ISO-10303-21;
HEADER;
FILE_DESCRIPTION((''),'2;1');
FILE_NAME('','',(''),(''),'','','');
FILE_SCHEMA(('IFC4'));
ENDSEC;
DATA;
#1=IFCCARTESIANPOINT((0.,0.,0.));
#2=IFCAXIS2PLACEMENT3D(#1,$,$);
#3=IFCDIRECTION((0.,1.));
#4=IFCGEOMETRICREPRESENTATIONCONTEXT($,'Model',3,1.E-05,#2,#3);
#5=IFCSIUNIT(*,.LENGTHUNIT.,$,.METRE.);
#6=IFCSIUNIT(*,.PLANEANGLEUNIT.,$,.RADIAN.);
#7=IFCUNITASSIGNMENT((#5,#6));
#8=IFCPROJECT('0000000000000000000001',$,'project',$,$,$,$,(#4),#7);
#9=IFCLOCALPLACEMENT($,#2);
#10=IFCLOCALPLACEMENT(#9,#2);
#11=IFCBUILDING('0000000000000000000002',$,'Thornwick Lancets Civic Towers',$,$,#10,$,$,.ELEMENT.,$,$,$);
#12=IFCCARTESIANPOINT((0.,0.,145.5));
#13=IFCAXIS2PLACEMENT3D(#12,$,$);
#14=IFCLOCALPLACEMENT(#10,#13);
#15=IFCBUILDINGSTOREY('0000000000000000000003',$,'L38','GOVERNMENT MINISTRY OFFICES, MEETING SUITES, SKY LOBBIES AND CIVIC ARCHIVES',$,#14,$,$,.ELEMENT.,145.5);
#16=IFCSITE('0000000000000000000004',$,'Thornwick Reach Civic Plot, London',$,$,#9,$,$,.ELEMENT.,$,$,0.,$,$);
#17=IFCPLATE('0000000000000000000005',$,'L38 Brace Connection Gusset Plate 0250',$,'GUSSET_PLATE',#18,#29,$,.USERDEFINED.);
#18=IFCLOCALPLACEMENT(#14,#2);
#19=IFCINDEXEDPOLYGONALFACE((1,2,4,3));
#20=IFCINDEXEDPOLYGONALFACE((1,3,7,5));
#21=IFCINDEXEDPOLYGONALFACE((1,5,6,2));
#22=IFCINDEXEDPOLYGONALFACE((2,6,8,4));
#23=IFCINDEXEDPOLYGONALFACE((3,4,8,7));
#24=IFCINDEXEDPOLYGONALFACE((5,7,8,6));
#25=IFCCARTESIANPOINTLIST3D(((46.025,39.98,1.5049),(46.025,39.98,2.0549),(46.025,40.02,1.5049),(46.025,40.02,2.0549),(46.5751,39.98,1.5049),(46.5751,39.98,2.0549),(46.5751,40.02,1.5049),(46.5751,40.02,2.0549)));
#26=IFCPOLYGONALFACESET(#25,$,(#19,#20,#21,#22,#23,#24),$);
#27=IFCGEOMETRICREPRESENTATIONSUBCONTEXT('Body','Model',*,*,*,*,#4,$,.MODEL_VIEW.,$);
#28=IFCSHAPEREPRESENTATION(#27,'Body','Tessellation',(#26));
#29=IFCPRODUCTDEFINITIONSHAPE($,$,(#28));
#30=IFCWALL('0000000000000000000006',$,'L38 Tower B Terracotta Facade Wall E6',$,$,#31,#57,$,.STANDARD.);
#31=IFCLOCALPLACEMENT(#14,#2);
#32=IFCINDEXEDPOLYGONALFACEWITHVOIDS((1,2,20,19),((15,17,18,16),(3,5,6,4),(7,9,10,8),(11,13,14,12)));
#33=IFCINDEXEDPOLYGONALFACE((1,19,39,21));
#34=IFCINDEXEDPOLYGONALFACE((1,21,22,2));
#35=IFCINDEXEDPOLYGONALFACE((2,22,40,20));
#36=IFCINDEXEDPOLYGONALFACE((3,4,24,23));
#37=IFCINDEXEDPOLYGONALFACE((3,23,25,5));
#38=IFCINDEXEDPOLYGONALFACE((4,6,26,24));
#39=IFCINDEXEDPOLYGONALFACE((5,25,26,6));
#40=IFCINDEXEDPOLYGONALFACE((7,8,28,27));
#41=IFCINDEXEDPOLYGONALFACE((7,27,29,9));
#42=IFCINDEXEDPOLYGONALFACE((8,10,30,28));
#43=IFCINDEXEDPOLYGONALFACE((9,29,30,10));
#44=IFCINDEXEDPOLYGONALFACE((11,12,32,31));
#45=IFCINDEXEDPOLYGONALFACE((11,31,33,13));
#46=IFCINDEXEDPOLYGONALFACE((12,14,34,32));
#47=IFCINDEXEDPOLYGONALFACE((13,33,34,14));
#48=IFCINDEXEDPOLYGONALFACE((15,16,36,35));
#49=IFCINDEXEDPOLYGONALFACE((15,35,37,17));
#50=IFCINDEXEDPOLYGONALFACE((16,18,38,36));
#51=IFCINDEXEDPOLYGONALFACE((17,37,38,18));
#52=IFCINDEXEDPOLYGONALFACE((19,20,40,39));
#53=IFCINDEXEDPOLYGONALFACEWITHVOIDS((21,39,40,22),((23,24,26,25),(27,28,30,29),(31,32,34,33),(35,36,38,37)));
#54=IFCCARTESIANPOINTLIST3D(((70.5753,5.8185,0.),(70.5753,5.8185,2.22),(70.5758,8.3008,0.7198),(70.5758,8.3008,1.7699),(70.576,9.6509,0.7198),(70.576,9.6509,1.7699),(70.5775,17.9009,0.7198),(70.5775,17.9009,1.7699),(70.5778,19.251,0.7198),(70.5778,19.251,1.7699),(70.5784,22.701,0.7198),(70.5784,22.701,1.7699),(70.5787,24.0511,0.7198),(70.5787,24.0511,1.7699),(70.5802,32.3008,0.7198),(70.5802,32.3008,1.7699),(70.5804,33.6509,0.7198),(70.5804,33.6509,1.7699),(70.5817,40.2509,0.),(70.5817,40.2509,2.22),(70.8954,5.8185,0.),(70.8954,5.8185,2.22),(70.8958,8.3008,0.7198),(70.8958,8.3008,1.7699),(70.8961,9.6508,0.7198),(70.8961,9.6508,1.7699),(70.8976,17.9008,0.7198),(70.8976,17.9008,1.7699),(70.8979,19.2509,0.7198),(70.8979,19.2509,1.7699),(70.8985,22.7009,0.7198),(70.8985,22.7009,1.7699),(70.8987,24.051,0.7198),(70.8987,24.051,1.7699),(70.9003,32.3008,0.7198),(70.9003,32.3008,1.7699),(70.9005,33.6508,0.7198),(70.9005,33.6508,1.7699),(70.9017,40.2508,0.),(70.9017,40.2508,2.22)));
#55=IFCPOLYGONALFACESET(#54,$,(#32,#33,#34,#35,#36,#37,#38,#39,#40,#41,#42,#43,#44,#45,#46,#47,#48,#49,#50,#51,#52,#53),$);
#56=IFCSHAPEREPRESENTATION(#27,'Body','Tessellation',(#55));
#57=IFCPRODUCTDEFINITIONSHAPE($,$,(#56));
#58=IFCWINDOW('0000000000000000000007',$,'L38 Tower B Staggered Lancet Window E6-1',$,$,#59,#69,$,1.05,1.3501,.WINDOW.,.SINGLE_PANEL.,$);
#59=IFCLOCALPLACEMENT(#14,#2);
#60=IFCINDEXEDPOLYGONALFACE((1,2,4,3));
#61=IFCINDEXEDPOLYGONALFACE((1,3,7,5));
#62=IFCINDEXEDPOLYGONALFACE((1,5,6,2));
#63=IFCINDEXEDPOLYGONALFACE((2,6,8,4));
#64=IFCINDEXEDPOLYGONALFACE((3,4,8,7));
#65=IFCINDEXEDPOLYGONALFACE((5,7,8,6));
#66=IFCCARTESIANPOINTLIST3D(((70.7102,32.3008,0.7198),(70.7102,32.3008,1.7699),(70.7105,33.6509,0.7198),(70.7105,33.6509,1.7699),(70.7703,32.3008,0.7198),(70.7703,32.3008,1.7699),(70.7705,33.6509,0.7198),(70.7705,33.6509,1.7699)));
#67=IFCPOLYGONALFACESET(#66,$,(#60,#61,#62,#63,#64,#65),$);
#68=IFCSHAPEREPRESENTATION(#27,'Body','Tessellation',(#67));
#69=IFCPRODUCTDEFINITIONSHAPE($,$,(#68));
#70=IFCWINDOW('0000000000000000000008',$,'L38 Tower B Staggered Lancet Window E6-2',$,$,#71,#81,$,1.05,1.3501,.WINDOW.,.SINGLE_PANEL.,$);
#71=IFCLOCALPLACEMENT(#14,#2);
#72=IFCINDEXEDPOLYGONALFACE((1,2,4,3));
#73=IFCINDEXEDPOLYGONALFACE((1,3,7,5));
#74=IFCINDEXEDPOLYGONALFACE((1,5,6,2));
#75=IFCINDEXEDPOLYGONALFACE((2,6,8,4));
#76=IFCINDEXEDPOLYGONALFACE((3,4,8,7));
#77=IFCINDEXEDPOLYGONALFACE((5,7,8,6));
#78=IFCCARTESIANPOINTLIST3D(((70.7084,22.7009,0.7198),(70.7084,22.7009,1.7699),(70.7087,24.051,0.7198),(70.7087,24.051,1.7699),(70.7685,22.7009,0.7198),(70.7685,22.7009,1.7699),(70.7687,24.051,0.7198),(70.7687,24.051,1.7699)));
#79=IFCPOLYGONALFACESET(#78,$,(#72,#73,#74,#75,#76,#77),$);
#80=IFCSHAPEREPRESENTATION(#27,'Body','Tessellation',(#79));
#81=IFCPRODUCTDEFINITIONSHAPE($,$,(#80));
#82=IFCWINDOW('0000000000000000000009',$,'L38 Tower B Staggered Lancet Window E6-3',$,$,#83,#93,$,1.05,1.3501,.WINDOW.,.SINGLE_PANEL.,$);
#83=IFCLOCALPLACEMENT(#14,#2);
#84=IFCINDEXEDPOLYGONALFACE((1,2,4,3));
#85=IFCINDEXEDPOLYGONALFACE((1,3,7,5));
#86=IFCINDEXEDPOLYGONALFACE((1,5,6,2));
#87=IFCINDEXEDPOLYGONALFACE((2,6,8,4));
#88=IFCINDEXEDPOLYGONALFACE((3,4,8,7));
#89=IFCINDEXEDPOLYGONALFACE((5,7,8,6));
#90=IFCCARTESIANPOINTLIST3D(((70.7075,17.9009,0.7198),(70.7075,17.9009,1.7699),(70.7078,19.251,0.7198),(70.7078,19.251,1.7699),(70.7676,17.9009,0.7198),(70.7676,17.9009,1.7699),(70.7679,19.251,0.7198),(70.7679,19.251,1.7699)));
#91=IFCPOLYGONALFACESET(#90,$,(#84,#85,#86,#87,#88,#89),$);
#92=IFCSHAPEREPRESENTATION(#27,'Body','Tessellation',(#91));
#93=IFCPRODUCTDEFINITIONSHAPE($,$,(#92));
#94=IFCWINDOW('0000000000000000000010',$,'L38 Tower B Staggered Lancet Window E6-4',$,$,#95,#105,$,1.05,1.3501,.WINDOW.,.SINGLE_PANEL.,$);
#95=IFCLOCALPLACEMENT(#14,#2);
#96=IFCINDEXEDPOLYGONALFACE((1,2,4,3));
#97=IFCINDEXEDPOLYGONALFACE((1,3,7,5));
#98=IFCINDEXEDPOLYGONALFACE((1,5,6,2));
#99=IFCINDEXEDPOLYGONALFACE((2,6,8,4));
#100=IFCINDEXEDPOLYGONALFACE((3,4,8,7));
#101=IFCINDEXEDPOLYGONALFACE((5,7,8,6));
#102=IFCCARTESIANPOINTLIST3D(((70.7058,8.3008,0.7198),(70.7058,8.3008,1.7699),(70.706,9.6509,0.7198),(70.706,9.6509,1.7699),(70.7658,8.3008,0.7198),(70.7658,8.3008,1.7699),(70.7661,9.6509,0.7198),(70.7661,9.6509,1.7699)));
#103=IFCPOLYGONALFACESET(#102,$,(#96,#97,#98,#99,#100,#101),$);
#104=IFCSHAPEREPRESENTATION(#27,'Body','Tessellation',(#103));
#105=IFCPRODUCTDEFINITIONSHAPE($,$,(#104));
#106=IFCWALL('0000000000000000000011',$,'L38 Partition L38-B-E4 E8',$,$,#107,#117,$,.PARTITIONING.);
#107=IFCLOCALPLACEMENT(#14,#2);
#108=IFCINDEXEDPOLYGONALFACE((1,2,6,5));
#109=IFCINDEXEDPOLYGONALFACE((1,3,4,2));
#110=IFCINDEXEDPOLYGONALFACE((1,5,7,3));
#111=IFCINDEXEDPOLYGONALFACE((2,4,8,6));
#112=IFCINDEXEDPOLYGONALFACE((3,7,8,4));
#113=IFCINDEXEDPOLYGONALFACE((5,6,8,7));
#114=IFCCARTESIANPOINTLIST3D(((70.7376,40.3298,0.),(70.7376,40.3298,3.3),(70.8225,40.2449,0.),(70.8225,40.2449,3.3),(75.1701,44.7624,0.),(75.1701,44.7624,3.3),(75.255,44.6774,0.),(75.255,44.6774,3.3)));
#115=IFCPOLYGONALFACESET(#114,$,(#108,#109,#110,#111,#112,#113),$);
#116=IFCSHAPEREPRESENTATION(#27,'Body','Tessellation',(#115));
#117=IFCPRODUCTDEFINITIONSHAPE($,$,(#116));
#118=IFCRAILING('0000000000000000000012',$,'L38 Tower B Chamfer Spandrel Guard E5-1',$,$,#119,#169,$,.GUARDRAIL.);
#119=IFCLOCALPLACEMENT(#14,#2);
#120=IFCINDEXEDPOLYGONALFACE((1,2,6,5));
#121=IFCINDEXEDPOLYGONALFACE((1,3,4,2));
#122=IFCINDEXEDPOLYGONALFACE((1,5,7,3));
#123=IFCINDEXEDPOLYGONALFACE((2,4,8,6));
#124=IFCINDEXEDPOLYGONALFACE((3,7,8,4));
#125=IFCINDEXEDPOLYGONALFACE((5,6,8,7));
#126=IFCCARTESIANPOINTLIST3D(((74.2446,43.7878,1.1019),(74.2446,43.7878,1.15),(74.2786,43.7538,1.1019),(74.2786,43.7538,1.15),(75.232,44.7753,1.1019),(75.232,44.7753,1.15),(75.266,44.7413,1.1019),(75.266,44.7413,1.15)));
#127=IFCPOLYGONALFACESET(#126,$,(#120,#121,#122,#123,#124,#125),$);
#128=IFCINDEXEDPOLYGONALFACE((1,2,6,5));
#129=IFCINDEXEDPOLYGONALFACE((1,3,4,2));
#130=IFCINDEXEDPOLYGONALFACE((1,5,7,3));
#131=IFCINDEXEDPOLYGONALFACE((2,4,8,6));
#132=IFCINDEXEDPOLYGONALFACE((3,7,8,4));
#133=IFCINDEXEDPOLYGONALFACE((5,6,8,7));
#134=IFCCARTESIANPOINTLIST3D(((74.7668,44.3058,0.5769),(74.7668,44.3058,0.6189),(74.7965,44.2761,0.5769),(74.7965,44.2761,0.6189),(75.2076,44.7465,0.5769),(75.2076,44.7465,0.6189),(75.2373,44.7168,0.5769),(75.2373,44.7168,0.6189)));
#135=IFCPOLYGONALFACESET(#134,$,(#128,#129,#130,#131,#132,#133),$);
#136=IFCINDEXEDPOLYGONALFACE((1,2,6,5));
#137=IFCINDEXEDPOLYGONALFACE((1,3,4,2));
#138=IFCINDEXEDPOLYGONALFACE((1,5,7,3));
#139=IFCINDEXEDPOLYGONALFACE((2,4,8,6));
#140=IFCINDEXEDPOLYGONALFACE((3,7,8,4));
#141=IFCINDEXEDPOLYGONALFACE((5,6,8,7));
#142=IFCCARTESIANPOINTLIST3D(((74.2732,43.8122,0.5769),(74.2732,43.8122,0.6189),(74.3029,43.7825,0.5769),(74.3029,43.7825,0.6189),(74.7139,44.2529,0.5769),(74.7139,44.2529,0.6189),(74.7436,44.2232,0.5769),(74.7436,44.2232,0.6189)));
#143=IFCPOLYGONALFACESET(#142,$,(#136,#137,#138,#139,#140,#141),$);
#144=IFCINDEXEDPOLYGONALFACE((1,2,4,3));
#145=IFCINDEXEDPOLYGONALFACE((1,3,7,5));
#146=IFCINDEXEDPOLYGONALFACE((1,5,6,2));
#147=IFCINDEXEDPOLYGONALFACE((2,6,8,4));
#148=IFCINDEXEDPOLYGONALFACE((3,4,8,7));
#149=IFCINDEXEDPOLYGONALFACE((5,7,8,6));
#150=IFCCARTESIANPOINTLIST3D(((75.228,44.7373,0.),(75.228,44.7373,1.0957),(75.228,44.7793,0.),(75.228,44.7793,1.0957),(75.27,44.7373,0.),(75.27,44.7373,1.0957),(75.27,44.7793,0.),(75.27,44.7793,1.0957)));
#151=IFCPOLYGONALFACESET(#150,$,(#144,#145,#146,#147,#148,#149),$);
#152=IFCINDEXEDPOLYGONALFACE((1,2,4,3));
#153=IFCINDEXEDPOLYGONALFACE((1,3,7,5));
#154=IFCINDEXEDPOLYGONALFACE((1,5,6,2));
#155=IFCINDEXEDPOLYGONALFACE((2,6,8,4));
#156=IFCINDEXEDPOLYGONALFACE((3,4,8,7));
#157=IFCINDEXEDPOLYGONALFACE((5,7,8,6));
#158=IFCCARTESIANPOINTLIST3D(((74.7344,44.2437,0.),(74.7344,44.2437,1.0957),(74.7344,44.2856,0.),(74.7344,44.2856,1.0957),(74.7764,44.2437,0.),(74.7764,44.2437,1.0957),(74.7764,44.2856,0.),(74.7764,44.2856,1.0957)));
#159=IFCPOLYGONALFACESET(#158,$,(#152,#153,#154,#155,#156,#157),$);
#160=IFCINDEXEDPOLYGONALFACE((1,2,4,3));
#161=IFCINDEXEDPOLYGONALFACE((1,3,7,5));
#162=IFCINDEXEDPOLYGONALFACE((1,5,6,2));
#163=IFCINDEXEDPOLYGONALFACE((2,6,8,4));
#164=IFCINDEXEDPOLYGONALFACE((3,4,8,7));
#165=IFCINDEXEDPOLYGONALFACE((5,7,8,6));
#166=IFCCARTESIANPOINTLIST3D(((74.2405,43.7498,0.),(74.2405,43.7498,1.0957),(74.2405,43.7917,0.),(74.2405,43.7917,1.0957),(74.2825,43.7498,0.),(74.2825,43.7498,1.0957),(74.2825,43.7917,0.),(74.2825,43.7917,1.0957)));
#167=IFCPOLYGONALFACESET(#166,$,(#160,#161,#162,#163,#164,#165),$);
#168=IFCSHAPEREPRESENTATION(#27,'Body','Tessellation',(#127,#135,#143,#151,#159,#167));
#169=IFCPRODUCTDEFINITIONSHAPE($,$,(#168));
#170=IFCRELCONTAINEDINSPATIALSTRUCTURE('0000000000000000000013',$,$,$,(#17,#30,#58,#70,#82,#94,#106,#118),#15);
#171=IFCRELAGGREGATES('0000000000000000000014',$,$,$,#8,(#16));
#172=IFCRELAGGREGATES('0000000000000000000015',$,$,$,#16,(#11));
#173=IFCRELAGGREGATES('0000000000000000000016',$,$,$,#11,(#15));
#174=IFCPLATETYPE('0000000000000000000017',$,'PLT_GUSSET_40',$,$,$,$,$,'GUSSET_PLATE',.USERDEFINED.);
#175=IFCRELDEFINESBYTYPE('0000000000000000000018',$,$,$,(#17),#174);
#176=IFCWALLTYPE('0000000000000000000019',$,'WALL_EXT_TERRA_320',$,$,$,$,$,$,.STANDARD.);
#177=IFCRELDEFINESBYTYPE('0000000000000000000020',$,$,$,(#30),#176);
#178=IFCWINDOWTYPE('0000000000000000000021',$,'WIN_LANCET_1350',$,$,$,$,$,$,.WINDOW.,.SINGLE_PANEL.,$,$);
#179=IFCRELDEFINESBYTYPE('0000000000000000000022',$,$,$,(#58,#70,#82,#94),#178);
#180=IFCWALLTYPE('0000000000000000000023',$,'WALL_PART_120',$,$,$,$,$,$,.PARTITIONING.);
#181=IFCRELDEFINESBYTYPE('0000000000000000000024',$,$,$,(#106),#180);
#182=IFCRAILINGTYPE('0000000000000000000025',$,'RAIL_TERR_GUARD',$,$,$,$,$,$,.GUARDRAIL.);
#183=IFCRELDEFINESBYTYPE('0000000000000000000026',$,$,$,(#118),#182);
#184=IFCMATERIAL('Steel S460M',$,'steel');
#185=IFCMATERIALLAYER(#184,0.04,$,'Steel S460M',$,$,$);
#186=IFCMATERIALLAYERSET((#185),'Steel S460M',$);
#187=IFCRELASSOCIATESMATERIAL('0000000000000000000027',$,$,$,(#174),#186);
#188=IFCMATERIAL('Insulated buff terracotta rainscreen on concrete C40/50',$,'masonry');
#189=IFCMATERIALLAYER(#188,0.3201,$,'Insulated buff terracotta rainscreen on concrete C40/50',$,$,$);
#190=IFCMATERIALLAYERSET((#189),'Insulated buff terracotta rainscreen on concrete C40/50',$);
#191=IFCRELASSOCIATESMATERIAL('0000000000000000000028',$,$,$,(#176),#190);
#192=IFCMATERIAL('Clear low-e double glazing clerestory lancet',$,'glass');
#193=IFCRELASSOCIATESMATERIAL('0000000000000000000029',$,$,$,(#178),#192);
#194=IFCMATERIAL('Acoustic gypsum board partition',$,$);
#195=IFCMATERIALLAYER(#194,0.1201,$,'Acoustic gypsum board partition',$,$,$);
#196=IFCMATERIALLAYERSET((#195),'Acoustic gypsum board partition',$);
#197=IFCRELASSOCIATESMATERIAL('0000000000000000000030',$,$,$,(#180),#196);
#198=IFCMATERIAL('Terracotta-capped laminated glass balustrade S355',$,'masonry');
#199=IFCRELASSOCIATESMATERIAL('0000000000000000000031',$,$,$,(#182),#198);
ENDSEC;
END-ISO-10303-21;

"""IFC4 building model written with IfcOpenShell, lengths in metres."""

from ifc_helpers import new_model, si_unit, direction, frame, frame_2d, origin, origin_2d, place, context, subcontext, project, spatial, rectangle, extrude, material, layer, layer_set, type_object, element, fill, save


model = new_model("IFC4")

# Units and contexts
model_context = context("Model", 3, precision=1e-05, world=origin(), true_north=direction((0.0, 1.0)))
body_context = subcontext(model_context, "Body", "Model", "MODEL_VIEW")
ifc_project = project(units=[si_unit("LENGTHUNIT", "METRE"), si_unit("PLANEANGLEUNIT", "RADIAN")], contexts=[model_context])

# Site, building, storey
site_placement = place(None, origin())
site = spatial("IfcSite", under=ifc_project, at=site_placement, Name="Thornwick Reach Civic Plot, London", CompositionType="ELEMENT", RefElevation=0.0)
building_placement = place(site_placement, origin())
building = spatial("IfcBuilding", under=site, at=building_placement, Name="Thornwick Lancets Civic Towers", CompositionType="ELEMENT")
storey_placement = place(building_placement, frame((0.0, 0.0, 145.5)))
storey = spatial("IfcBuildingStorey", under=building, at=storey_placement, Name="L38", Description="GOVERNMENT MINISTRY OFFICES, MEETING SUITES, SKY LOBBIES AND CIVIC ARCHIVES", CompositionType="ELEMENT", Elevation=145.5)

# Plate
ifc_material_1 = material(Name="Steel S460M", Category="steel")
ifc_layer_1 = layer(ifc_material_1, 0.04, Name="Steel S460M")
ifc_layer_set_1 = layer_set([ifc_layer_1], Name="Steel S460M")
plate_type_1 = type_object("IfcPlateType", Name="PLT_GUSSET_40", ElementType="GUSSET_PLATE", PredefinedType="USERDEFINED", material=ifc_layer_set_1)
plate_1_placement = place(storey_placement, frame((46.3, 40.0, 1.5049), z_axis=(0.0, 0.0, 1.0), x_axis=(1.0, 0.0, 0.0)))
element("IfcPlate", 1, at=plate_1_placement, inside=storey, type_object=plate_type_1, Name="L38 Brace Connection Gusset Plate 0250", ObjectType="GUSSET_PLATE", PredefinedType="USERDEFINED", context=body_context, shape_type="SweptSolid", body=[
    extrude(rectangle(XDim=0.55, YDim=0.04, at=origin_2d()), origin(), (0.0, 0.0, 1.0), 0.55),
])

# Wall, openings, windows
ifc_material_2 = material(Name="Insulated buff terracotta rainscreen on concrete C40/50", Category="masonry")
ifc_layer_2 = layer(ifc_material_2, 0.3201, Name="Insulated buff terracotta rainscreen on concrete C40/50")
ifc_layer_set_2 = layer_set([ifc_layer_2], Name="Insulated buff terracotta rainscreen on concrete C40/50")
wall_type_1 = type_object("IfcWallType", Name="WALL_EXT_TERRA_320", PredefinedType="STANDARD", material=ifc_layer_set_2)
wall_1_placement = place(storey_placement, frame((70.7417, 40.251, 0.0), z_axis=(0.0, 0.0, 1.0), x_axis=(-0.000184, -1.0, 0.0)))
wall_1 = element("IfcWall", 2, at=wall_1_placement, inside=storey, type_object=wall_type_1, Name="L38 Tower B Terracotta Facade Wall E6", PredefinedType="STANDARD", context=body_context, shape_type="SweptSolid", body=[
    extrude(rectangle(XDim=34.4324, YDim=0.3201, at=frame_2d((17.2163, 0.0))), origin(), (0.0, 0.0, 1.0), 2.22),
])
opening_1_placement = place(wall_1_placement, frame((6.6001, 0.0, 0.72)))
opening_1 = element("IfcOpeningElement", 3, at=opening_1_placement, cuts=wall_1, PredefinedType="OPENING", context=body_context, shape_type="SweptSolid", body=[
    extrude(rectangle(XDim=1.3501, YDim=1.05, at=frame_2d((0.675, 0.5249))), frame((0.0, 0.1699, 0.0), z_axis=(0.0, -1.0, 0.0), x_axis=(1.0, 0.0, 0.0)), (0.0, 0.0, 1.0), 0.3401),
])
opening_2_placement = place(wall_1_placement, frame((16.2, 0.0, 0.72)))
opening_2 = element("IfcOpeningElement", 4, at=opening_2_placement, cuts=wall_1, PredefinedType="OPENING", context=body_context, shape_type="SweptSolid", body=[
    extrude(rectangle(XDim=1.3501, YDim=1.05, at=frame_2d((0.675, 0.5249))), frame((0.0, 0.1699, 0.0), z_axis=(0.0, -1.0, 0.0), x_axis=(1.0, 0.0, 0.0)), (0.0, 0.0, 1.0), 0.3401),
])
opening_3_placement = place(wall_1_placement, frame((21.0, 0.0, 0.72)))
opening_3 = element("IfcOpeningElement", 5, at=opening_3_placement, cuts=wall_1, PredefinedType="OPENING", context=body_context, shape_type="SweptSolid", body=[
    extrude(rectangle(XDim=1.3501, YDim=1.05, at=frame_2d((0.675, 0.5249))), frame((0.0, 0.1699, 0.0), z_axis=(0.0, -1.0, 0.0), x_axis=(1.0, 0.0, 0.0)), (0.0, 0.0, 1.0), 0.3401),
])
opening_4_placement = place(wall_1_placement, frame((30.6001, 0.0, 0.72)))
opening_4 = element("IfcOpeningElement", 6, at=opening_4_placement, cuts=wall_1, PredefinedType="OPENING", context=body_context, shape_type="SweptSolid", body=[
    extrude(rectangle(XDim=1.3501, YDim=1.05, at=frame_2d((0.675, 0.5249))), frame((0.0, 0.1699, 0.0), z_axis=(0.0, -1.0, 0.0), x_axis=(1.0, 0.0, 0.0)), (0.0, 0.0, 1.0), 0.3401),
])
ifc_material_3 = material(Name="Clear low-e double glazing clerestory lancet", Category="glass")
window_type = type_object("IfcWindowType", Name="WIN_LANCET_1350", PartitioningType="SINGLE_PANEL", PredefinedType="WINDOW", material=ifc_material_3)
window_1_placement = place(opening_1_placement, origin())
window_1 = element("IfcWindow", 7, at=window_1_placement, inside=storey, type_object=window_type, Name="L38 Tower B Staggered Lancet Window E6-1", OverallHeight=1.05, OverallWidth=1.3501, PartitioningType="SINGLE_PANEL", PredefinedType="WINDOW", context=body_context, shape_type="SweptSolid", body=[
    extrude(rectangle(XDim=1.3501, YDim=1.05, at=frame_2d((0.675, 0.5249))), frame((0.0, 0.03, 0.0), z_axis=(0.0, -1.0, 0.0), x_axis=(1.0, 0.0, 0.0)), (0.0, 0.0, 1.0), 0.0601),
])
fill(opening_1, window_1)
window_2_placement = place(opening_2_placement, origin())
window_2 = element("IfcWindow", 8, at=window_2_placement, inside=storey, type_object=window_type, Name="L38 Tower B Staggered Lancet Window E6-2", OverallHeight=1.05, OverallWidth=1.3501, PartitioningType="SINGLE_PANEL", PredefinedType="WINDOW", context=body_context, shape_type="SweptSolid", body=[
    extrude(rectangle(XDim=1.3501, YDim=1.05, at=frame_2d((0.675, 0.5249))), frame((0.0, 0.03, 0.0), z_axis=(0.0, -1.0, 0.0), x_axis=(1.0, 0.0, 0.0)), (0.0, 0.0, 1.0), 0.0601),
])
fill(opening_2, window_2)
window_3_placement = place(opening_3_placement, origin())
window_3 = element("IfcWindow", 9, at=window_3_placement, inside=storey, type_object=window_type, Name="L38 Tower B Staggered Lancet Window E6-3", OverallHeight=1.05, OverallWidth=1.3501, PartitioningType="SINGLE_PANEL", PredefinedType="WINDOW", context=body_context, shape_type="SweptSolid", body=[
    extrude(rectangle(XDim=1.3501, YDim=1.05, at=frame_2d((0.675, 0.5249))), frame((0.0, 0.03, 0.0), z_axis=(0.0, -1.0, 0.0), x_axis=(1.0, 0.0, 0.0)), (0.0, 0.0, 1.0), 0.0601),
])
fill(opening_3, window_3)
window_4_placement = place(opening_4_placement, origin())
window_4 = element("IfcWindow", 10, at=window_4_placement, inside=storey, type_object=window_type, Name="L38 Tower B Staggered Lancet Window E6-4", OverallHeight=1.05, OverallWidth=1.3501, PartitioningType="SINGLE_PANEL", PredefinedType="WINDOW", context=body_context, shape_type="SweptSolid", body=[
    extrude(rectangle(XDim=1.3501, YDim=1.05, at=frame_2d((0.675, 0.5249))), frame((0.0, 0.03, 0.0), z_axis=(0.0, -1.0, 0.0), x_axis=(1.0, 0.0, 0.0)), (0.0, 0.0, 1.0), 0.0601),
])
fill(opening_4, window_4)

# Wall
ifc_material_4 = material(Name="Acoustic gypsum board partition")
ifc_layer_3 = layer(ifc_material_4, 0.1201, Name="Acoustic gypsum board partition")
ifc_layer_set_3 = layer_set([ifc_layer_3], Name="Acoustic gypsum board partition")
wall_type_2 = type_object("IfcWallType", Name="WALL_PART_120", PredefinedType="PARTITIONING", material=ifc_layer_set_3)
wall_2_placement = place(storey_placement, frame((70.78, 40.2874, 0.0), z_axis=(0.0, 0.0, 1.0), x_axis=(0.707107, 0.707107, 0.0)))
element("IfcWall", 11, at=wall_2_placement, inside=storey, type_object=wall_type_2, Name="L38 Partition L38-B-E4 E8", PredefinedType="PARTITIONING", context=body_context, shape_type="SweptSolid", body=[
    extrude(rectangle(XDim=6.2686, YDim=0.1201, at=frame_2d((3.1343, 0.0))), origin(), (0.0, 0.0, 1.0), 3.3),
])

# Railing
ifc_material_5 = material(Name="Terracotta-capped laminated glass balustrade S355", Category="masonry")
railing_type = type_object("IfcRailingType", Name="RAIL_TERR_GUARD", PredefinedType="GUARDRAIL", material=ifc_material_5)
for number, where, name in (
    (12, (75.249, 44.7583, 0.0), "L38 Tower B Chamfer Spandrel Guard E5-1"),
):
    element("IfcRailing", number, at=place(storey_placement, frame(where)), inside=storey, type_object=railing_type, Name=name, PredefinedType="GUARDRAIL", context=body_context, shape_type="SweptSolid", body=[
        extrude(rectangle(XDim=0.0481, YDim=0.0481, at=origin_2d()), frame((0.0, 0.0, 1.126), z_axis=(-0.707107, -0.707107, 0.0), x_axis=(0.707107, -0.707107, 0.0)), (0.0, 0.0, 1.0), 1.3965),
        extrude(rectangle(XDim=0.042, YDim=0.042, at=origin_2d()), frame((-0.0266, -0.0266, 0.5979), z_axis=(-0.707107, -0.707107, 0.0), x_axis=(0.707107, -0.707107, 0.0)), (0.0, 0.0, 1.0), 0.6233),
        extrude(rectangle(XDim=0.042, YDim=0.042, at=origin_2d()), frame((-0.5203, -0.5203, 0.5979), z_axis=(-0.707107, -0.707107, 0.0), x_axis=(0.707107, -0.707107, 0.0)), (0.0, 0.0, 1.0), 0.6233),
        extrude(rectangle(XDim=0.042, YDim=0.042, at=origin_2d()), origin(), (0.0, 0.0, 1.0), 1.0957),
        extrude(rectangle(XDim=0.042, YDim=0.042, at=origin_2d()), frame((-0.4937, -0.4937, 0.0)), (0.0, 0.0, 1.0), 1.0957),
        extrude(rectangle(XDim=0.042, YDim=0.042, at=origin_2d()), frame((-0.9875, -0.9875, 0.0)), (0.0, 0.0, 1.0), 1.0957),
    ])

save(model, "model.ifc")
